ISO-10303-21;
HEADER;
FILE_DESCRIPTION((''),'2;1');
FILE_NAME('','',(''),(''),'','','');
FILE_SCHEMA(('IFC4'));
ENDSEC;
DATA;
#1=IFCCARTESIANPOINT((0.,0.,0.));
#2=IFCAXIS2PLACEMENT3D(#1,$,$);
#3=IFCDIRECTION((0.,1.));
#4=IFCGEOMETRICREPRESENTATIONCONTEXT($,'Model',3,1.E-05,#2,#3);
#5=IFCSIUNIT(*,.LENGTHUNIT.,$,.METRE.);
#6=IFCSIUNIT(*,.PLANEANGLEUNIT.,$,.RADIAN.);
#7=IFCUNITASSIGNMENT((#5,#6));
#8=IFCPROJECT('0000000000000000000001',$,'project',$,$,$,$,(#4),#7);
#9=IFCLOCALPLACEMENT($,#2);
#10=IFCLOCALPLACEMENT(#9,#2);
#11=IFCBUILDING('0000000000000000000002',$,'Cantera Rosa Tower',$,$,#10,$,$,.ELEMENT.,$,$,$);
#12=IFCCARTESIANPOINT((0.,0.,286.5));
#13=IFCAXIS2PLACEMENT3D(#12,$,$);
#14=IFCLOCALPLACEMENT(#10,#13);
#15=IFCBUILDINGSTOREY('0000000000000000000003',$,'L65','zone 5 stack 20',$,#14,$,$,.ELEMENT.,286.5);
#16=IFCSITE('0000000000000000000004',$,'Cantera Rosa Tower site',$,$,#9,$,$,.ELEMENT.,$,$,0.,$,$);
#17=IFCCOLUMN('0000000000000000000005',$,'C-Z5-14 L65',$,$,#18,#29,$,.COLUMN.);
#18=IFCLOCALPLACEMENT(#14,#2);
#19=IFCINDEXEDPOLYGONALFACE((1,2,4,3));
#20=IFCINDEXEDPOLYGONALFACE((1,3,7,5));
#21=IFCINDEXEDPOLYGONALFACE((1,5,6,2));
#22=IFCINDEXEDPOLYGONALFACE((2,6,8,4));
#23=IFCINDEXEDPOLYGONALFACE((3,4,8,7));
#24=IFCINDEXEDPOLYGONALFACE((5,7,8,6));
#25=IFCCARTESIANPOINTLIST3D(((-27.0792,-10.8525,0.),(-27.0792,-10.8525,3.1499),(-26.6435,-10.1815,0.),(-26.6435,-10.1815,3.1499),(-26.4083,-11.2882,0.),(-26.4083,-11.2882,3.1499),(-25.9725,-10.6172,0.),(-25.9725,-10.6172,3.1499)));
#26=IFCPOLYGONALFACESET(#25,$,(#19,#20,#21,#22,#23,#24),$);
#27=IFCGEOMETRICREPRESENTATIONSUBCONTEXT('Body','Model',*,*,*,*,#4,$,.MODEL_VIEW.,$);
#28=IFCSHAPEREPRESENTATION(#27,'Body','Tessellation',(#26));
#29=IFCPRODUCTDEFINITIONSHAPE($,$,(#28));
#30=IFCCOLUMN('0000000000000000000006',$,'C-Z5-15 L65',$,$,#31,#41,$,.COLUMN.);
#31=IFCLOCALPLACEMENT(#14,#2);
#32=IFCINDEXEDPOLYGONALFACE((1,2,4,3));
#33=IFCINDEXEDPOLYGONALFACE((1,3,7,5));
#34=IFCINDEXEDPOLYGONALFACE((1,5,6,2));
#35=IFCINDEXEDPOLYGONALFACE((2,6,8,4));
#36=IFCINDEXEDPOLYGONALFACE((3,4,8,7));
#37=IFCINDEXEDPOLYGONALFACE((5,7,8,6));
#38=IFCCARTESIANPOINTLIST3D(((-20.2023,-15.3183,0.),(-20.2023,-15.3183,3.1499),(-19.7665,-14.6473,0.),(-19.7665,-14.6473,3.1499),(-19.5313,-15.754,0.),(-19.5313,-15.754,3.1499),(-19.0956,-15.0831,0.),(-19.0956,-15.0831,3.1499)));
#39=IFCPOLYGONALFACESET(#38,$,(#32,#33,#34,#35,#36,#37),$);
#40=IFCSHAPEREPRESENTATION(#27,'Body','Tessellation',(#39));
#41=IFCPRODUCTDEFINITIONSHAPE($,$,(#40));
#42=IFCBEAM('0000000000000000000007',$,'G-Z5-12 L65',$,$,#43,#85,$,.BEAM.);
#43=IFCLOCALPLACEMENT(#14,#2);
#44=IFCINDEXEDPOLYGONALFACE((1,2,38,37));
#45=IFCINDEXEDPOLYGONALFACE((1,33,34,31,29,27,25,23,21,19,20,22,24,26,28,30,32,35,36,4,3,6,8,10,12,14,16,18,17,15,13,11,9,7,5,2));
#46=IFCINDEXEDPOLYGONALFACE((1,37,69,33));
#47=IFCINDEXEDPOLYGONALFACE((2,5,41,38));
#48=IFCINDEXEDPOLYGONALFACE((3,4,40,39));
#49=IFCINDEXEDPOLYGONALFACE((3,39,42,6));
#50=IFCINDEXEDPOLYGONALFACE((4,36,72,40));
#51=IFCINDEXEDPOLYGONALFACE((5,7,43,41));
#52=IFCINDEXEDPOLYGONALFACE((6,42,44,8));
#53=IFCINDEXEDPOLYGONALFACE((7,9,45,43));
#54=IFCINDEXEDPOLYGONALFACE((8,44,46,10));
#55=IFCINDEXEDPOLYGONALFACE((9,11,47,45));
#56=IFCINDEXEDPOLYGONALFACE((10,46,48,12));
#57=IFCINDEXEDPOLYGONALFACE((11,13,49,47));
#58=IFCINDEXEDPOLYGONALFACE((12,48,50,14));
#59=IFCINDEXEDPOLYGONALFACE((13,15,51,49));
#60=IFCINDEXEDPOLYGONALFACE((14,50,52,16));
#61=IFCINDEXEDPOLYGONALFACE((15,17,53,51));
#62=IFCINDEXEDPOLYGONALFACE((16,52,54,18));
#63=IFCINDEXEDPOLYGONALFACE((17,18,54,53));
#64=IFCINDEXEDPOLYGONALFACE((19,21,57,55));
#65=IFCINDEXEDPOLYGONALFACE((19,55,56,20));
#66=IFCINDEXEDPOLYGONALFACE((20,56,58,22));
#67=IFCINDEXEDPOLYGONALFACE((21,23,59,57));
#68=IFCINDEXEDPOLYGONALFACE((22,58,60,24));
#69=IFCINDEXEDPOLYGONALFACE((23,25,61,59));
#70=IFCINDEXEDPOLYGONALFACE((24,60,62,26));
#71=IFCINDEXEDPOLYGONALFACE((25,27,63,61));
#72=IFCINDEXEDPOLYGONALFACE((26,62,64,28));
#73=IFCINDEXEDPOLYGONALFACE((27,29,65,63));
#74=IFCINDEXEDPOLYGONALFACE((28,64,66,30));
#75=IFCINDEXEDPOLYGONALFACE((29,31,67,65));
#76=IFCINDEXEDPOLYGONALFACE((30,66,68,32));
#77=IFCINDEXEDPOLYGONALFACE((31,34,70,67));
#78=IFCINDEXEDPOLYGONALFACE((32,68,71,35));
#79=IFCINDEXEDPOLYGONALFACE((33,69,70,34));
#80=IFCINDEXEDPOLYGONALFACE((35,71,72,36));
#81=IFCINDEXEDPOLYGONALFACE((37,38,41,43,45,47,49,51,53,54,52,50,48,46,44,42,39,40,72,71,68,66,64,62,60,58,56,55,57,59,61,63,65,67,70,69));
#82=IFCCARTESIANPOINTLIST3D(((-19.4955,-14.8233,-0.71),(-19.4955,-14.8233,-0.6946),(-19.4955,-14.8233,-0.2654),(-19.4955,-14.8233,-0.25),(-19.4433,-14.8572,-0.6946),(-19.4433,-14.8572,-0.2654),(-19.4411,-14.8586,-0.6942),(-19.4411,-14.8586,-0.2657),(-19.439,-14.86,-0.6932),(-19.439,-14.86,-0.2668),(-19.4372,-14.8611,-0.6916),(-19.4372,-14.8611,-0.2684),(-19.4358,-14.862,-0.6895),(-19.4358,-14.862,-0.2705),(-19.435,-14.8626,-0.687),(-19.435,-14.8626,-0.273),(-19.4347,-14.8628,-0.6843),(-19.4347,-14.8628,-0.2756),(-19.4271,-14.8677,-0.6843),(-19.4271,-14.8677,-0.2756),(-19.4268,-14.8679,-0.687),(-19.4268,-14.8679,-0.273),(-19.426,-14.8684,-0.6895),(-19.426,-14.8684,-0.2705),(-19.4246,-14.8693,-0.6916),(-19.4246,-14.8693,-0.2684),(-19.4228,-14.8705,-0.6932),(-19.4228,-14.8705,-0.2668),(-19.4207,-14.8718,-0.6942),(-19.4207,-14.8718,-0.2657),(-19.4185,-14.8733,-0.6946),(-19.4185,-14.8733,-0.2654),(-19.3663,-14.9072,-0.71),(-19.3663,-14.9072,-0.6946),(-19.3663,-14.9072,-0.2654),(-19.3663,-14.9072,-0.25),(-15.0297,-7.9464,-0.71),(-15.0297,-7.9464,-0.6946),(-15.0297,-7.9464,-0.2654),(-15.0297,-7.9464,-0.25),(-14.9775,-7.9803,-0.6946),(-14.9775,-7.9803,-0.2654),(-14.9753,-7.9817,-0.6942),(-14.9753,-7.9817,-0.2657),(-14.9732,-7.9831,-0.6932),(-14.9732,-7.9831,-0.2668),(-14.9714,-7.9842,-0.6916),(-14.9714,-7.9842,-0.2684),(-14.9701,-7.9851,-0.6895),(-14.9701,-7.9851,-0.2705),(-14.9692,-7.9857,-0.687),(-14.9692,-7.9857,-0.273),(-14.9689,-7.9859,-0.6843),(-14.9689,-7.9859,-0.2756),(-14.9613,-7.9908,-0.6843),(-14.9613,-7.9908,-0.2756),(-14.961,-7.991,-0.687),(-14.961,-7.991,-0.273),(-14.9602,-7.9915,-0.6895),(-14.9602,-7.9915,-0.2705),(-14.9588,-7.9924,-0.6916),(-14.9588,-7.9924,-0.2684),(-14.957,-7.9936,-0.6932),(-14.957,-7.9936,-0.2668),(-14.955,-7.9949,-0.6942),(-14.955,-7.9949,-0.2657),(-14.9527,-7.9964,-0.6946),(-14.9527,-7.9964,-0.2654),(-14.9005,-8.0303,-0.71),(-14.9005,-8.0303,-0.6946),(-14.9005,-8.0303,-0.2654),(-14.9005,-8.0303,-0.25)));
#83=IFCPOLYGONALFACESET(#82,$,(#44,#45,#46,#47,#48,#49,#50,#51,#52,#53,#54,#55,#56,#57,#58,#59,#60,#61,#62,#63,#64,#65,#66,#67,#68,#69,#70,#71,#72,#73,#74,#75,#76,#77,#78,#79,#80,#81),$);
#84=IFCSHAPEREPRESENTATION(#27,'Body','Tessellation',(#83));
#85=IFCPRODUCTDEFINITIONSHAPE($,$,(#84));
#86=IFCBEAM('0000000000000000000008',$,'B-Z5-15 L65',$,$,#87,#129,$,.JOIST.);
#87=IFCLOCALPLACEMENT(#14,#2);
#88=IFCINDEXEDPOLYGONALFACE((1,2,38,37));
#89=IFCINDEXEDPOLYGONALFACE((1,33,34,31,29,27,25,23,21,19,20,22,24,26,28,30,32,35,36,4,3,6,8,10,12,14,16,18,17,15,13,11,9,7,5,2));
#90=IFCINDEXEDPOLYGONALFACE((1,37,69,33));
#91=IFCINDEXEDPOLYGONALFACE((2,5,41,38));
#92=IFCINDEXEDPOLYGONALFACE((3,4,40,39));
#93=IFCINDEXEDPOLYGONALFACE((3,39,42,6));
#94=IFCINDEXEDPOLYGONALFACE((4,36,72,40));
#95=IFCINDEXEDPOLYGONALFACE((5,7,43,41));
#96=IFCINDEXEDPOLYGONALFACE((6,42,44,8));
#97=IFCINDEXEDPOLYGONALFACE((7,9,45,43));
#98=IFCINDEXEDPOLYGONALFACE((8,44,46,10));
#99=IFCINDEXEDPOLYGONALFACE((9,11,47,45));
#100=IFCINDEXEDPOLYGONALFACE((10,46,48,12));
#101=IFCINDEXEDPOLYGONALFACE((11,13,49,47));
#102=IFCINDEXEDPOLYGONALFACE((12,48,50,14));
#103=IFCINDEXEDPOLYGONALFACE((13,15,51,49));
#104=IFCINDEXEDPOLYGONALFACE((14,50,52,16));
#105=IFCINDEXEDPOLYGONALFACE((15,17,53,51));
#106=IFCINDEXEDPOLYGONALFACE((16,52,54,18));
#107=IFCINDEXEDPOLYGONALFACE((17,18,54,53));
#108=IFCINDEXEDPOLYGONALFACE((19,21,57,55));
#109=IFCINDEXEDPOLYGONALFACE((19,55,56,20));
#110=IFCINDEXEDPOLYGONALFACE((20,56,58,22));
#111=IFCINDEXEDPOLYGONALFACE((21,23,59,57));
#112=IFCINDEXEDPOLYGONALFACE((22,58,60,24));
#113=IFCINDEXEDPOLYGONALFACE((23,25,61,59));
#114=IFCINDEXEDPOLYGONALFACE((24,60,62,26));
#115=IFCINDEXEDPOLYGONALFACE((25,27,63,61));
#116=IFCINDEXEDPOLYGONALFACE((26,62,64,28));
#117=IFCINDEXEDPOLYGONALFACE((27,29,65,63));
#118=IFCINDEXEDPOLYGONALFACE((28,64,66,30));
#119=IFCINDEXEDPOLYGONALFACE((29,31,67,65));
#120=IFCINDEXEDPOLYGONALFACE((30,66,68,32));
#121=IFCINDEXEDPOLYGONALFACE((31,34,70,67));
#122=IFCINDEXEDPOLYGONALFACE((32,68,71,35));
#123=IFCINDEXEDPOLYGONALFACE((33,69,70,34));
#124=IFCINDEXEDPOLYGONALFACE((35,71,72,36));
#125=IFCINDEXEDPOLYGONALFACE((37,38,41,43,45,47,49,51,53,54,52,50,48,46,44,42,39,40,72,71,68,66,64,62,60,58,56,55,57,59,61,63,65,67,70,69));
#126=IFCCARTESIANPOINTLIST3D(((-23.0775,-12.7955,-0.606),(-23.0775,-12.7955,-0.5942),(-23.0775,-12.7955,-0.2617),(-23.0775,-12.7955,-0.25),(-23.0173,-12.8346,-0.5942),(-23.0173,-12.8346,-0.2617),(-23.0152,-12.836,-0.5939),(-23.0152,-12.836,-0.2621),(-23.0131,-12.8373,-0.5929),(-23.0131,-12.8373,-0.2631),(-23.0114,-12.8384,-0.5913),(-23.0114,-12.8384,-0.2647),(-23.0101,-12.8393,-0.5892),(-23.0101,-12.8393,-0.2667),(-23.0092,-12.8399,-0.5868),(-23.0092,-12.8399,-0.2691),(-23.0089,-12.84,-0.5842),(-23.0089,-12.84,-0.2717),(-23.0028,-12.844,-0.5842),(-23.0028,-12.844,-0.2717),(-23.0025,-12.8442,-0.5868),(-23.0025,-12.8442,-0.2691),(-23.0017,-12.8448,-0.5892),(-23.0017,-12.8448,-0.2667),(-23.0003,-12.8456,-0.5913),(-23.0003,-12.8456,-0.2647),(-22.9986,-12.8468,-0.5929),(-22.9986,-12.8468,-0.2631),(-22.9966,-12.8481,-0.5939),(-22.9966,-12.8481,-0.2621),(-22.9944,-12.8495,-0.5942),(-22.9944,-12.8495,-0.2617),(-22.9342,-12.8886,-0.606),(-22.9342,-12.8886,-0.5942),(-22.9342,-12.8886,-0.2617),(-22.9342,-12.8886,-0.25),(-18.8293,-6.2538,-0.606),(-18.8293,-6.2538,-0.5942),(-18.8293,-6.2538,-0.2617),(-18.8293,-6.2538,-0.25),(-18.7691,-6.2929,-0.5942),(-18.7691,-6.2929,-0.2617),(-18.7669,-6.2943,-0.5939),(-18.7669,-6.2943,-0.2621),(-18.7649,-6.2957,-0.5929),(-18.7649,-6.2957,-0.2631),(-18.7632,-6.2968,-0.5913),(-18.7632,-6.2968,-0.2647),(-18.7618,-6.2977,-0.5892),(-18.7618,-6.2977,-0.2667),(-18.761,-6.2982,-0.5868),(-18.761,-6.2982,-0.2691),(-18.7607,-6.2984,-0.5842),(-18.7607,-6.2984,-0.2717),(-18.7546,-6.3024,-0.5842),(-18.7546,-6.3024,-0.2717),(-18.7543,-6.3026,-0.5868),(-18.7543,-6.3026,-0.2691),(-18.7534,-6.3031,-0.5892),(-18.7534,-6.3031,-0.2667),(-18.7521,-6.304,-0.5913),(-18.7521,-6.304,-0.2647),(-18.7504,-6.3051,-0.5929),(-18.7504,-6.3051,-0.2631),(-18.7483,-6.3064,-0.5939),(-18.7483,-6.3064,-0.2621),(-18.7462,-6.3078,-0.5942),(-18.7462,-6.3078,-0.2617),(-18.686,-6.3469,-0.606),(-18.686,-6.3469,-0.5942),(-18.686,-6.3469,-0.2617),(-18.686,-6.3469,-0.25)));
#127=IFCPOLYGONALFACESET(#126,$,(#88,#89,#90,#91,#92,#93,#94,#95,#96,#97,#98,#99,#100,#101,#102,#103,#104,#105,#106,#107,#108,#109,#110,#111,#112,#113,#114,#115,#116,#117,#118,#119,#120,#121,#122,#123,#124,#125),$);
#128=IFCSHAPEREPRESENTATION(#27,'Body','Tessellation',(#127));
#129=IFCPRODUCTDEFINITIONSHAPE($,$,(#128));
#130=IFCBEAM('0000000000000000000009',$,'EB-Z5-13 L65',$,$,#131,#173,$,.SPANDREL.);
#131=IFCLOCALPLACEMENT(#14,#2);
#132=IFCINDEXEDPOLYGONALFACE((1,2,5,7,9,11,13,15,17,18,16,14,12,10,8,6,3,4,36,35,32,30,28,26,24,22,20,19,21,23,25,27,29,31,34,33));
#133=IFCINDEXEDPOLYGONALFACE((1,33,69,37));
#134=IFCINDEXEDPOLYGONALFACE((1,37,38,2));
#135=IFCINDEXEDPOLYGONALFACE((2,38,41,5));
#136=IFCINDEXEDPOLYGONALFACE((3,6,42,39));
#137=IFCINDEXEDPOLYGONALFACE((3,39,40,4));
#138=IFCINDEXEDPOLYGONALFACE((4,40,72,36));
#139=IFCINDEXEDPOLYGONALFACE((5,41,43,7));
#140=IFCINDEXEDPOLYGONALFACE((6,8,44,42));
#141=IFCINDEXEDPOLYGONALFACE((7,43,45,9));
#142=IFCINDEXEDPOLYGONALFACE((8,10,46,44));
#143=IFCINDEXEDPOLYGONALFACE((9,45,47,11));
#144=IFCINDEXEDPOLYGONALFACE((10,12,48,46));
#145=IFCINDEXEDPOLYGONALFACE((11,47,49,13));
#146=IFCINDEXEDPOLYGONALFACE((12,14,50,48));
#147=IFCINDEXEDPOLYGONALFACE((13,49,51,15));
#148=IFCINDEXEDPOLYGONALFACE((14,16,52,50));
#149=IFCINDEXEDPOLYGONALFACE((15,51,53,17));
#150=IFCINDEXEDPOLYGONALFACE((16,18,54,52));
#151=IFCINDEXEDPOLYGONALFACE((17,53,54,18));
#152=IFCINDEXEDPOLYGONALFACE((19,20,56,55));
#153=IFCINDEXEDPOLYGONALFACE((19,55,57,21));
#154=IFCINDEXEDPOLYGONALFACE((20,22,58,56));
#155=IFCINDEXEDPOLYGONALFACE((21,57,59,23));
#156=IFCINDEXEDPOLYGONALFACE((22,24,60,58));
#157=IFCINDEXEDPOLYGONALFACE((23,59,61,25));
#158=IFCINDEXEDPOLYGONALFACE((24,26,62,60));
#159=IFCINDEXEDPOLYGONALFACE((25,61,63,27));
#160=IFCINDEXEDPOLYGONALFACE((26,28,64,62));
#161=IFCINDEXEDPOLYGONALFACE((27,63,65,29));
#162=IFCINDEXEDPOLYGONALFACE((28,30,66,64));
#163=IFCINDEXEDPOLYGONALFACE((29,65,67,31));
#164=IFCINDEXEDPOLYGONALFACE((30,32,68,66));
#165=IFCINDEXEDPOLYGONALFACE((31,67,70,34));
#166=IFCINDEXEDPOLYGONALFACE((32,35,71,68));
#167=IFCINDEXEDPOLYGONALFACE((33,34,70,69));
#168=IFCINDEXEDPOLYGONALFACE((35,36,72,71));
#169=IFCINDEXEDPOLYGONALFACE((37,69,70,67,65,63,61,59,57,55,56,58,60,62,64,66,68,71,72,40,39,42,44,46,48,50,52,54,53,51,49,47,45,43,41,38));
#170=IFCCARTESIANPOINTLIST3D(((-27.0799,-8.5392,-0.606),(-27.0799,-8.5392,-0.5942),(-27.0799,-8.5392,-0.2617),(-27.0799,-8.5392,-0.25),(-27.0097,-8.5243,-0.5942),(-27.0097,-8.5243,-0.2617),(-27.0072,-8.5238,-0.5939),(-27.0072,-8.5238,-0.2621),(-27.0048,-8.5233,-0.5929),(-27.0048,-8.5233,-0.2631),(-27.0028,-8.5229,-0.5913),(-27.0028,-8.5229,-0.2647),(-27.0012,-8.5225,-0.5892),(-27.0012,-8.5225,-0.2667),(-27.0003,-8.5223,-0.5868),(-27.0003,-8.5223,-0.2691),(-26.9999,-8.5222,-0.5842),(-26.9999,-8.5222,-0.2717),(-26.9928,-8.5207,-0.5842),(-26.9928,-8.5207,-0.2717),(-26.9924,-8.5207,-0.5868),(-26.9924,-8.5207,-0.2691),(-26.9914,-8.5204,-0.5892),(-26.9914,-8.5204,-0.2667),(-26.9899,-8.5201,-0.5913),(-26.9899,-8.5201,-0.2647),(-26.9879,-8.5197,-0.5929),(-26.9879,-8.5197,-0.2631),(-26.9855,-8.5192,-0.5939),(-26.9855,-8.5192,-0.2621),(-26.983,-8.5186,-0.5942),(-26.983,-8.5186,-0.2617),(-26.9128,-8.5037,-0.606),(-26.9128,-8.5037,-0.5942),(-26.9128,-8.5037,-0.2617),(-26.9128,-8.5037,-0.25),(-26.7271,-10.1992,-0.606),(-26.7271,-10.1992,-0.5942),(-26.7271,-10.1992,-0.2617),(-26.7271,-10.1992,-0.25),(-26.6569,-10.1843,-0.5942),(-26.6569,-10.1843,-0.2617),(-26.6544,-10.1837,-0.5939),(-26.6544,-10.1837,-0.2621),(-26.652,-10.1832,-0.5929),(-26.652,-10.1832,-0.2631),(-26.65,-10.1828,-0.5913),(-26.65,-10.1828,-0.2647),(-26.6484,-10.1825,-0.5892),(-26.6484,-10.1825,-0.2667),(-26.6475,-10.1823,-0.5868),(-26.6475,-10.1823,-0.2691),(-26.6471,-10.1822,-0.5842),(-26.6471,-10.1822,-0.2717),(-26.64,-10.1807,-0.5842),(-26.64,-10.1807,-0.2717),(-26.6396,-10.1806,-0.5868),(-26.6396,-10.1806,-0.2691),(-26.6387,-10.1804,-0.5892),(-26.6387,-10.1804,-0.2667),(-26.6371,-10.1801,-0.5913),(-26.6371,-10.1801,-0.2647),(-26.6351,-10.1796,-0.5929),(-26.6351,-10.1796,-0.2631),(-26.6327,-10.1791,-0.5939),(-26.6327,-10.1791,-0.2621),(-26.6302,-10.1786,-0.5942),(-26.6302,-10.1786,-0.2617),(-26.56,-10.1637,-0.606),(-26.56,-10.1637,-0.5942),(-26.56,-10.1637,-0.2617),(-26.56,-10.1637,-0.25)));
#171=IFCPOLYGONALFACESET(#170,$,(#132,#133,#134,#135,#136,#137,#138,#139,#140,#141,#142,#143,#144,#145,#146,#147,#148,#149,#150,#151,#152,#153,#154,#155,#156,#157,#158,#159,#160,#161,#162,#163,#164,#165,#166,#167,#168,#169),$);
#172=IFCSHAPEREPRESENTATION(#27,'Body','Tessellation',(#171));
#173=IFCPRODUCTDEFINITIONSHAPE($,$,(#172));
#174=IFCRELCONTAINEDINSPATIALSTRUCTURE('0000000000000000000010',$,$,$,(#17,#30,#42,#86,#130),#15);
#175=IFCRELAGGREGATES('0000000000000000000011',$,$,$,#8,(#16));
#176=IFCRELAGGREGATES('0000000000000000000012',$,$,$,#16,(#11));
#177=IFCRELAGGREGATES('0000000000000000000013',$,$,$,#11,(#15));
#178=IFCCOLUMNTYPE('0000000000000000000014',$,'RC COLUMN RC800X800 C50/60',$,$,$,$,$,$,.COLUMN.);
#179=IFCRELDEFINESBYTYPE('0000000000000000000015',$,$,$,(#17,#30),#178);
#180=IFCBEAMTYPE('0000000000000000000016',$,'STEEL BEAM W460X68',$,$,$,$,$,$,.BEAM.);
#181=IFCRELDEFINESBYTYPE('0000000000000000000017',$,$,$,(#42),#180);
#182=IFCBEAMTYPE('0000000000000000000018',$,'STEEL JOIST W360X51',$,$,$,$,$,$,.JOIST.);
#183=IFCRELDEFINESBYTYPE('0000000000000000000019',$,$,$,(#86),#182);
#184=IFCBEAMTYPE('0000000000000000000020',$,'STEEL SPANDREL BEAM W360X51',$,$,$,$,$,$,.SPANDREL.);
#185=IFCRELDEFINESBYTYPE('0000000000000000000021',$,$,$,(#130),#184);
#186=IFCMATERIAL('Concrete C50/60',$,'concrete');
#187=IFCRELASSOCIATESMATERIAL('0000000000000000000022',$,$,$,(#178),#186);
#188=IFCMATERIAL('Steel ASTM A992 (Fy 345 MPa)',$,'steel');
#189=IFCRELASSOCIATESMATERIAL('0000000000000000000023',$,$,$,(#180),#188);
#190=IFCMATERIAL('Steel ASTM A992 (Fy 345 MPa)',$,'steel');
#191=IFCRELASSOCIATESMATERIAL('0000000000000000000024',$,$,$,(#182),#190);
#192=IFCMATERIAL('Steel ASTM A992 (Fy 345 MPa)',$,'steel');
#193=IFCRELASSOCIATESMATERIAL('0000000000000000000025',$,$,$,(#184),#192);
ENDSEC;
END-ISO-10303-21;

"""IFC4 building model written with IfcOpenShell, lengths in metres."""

from ifc_helpers import new_model, si_unit, direction, frame, origin, origin_2d, place, context, subcontext, project, spatial, rectangle, i_section, extrude, material, material_profile, profile_set, type_object, element, save


model = new_model("IFC4")

# Units and contexts
model_context = context("Model", 3, precision=1e-05, world=origin(), true_north=direction((0.0, 1.0)))
body_context = subcontext(model_context, "Body", "Model", "MODEL_VIEW")
ifc_project = project(units=[si_unit("LENGTHUNIT", "METRE"), si_unit("PLANEANGLEUNIT", "RADIAN")], contexts=[model_context])

# Site, building, storey
site_placement = place(None, origin())
site = spatial("IfcSite", under=ifc_project, at=site_placement, Name="Cantera Rosa Tower site", CompositionType="ELEMENT", RefElevation=0.0)
building_placement = place(site_placement, origin())
building = spatial("IfcBuilding", under=site, at=building_placement, Name="Cantera Rosa Tower", CompositionType="ELEMENT")
storey_placement = place(building_placement, frame((0.0, 0.0, 286.5)))
storey = spatial("IfcBuildingStorey", under=building, at=storey_placement, Name="L65", Description="zone 5 stack 20", CompositionType="ELEMENT", Elevation=286.5)

# Columns
ifc_material_1 = material(Name="Concrete C50/60", Category="concrete")
ifc_material_profile_1 = material_profile(ifc_material_1, rectangle(XDim=0.8, YDim=0.8, at=origin_2d()), Name="RC COLUMN RC800X800 C50/60")
ifc_profile_set_1 = profile_set([ifc_material_profile_1], Name="Concrete C50/60")
column_type = type_object("IfcColumnType", Name="RC COLUMN RC800X800 C50/60", PredefinedType="COLUMN", material=ifc_profile_set_1)
for number, where, z_axis, x_axis, name in (
    (1, (-26.5259, -10.7349, 0.0), (0.0, 0.0, 1.0), (0.544639, 0.838671, 0.0), "C-Z5-14 L65"),
    (2, (-19.6489, -15.2007, 0.0), (0.0, 0.0, 1.0), (0.544639, 0.838671, 0.0), "C-Z5-15 L65"),
):
    element("IfcColumn", number, at=place(storey_placement, frame(where, z_axis=z_axis, x_axis=x_axis)), inside=storey, type_object=column_type, Name=name, PredefinedType="COLUMN", context=body_context, shape_type="SweptSolid", body=[
        extrude(rectangle(XDim=0.8, YDim=0.8, at=origin_2d()), origin(), (0.0, 0.0, 1.0), 3.1499),
    ])

# Beams
ifc_material_2 = material(Name="Steel ASTM A992 (Fy 345 MPa)", Category="steel")
ifc_material_profile_2 = material_profile(ifc_material_2, i_section(OverallWidth=0.1541, OverallDepth=0.46, WebThickness=0.009, FlangeThickness=0.0154, FilletRadius=0.0103, at=origin_2d()), Name="W460X68")
ifc_profile_set_2 = profile_set([ifc_material_profile_2], Name="Steel ASTM A992 (Fy 345 MPa)")
beam_type_1 = type_object("IfcBeamType", Name="STEEL BEAM W460X68", PredefinedType="BEAM", material=ifc_profile_set_2)
beam_1_placement = place(storey_placement, frame((-19.4309, -14.8652, -0.48), z_axis=(0.544628, 0.838678, 0.0), x_axis=(-0.838678, 0.544628, 0.0)))
element("IfcBeam", 3, at=beam_1_placement, inside=storey, type_object=beam_type_1, Name="G-Z5-12 L65", PredefinedType="BEAM", context=body_context, shape_type="SweptSolid", body=[
    extrude(i_section(OverallWidth=0.1541, OverallDepth=0.46, WebThickness=0.009, FlangeThickness=0.0154, FilletRadius=0.0103, at=origin_2d()), origin(), (0.0, 0.0, 1.0), 8.1997),
])
ifc_material_3 = material(Name="Steel ASTM A992 (Fy 345 MPa)", Category="steel")
ifc_material_profile_3 = material_profile(ifc_material_3, i_section(OverallWidth=0.1709, OverallDepth=0.356, WebThickness=0.0073, FlangeThickness=0.0117, FilletRadius=0.01, at=origin_2d()), Name="W360X51")
ifc_profile_set_3 = profile_set([ifc_material_profile_3], Name="Steel ASTM A992 (Fy 345 MPa)")
beam_type_2 = type_object("IfcBeamType", Name="STEEL JOIST W360X51", PredefinedType="JOIST", material=ifc_profile_set_3)
beam_2_placement = place(storey_placement, frame((-23.0059, -12.842, -0.428), z_axis=(0.544642, 0.838669, 0.0), x_axis=(-0.838669, 0.544642, 0.0)))
element("IfcBeam", 4, at=beam_2_placement, inside=storey, type_object=beam_type_2, Name="B-Z5-15 L65", PredefinedType="JOIST", context=body_context, shape_type="SweptSolid", body=[
    extrude(i_section(OverallWidth=0.1709, OverallDepth=0.356, WebThickness=0.0073, FlangeThickness=0.0117, FilletRadius=0.01, at=origin_2d()), origin(), (0.0, 0.0, 1.0), 7.8),
])
ifc_material_4 = material(Name="Steel ASTM A992 (Fy 345 MPa)", Category="steel")
ifc_material_profile_4 = material_profile(ifc_material_4, i_section(OverallWidth=0.1709, OverallDepth=0.356, WebThickness=0.0073, FlangeThickness=0.0117, FilletRadius=0.01, at=origin_2d()), Name="W360X51")
ifc_profile_set_4 = profile_set([ifc_material_profile_4], Name="Steel ASTM A992 (Fy 345 MPa)")
beam_type_3 = type_object("IfcBeamType", Name="STEEL SPANDREL BEAM W360X51", PredefinedType="SPANDREL", material=ifc_profile_set_4)
beam_3_placement = place(storey_placement, frame((-26.9963, -8.5215, -0.428), z_axis=(0.207888, -0.978153, 0.0), x_axis=(0.978153, 0.207888, 0.0)))
element("IfcBeam", 5, at=beam_3_placement, inside=storey, type_object=beam_type_3, Name="EB-Z5-13 L65", PredefinedType="SPANDREL", context=body_context, shape_type="SweptSolid", body=[
    extrude(i_section(OverallWidth=0.1709, OverallDepth=0.356, WebThickness=0.0073, FlangeThickness=0.0117, FilletRadius=0.01, at=origin_2d()), origin(), (0.0, 0.0, 1.0), 1.697),
])

save(model, "model.ifc")
